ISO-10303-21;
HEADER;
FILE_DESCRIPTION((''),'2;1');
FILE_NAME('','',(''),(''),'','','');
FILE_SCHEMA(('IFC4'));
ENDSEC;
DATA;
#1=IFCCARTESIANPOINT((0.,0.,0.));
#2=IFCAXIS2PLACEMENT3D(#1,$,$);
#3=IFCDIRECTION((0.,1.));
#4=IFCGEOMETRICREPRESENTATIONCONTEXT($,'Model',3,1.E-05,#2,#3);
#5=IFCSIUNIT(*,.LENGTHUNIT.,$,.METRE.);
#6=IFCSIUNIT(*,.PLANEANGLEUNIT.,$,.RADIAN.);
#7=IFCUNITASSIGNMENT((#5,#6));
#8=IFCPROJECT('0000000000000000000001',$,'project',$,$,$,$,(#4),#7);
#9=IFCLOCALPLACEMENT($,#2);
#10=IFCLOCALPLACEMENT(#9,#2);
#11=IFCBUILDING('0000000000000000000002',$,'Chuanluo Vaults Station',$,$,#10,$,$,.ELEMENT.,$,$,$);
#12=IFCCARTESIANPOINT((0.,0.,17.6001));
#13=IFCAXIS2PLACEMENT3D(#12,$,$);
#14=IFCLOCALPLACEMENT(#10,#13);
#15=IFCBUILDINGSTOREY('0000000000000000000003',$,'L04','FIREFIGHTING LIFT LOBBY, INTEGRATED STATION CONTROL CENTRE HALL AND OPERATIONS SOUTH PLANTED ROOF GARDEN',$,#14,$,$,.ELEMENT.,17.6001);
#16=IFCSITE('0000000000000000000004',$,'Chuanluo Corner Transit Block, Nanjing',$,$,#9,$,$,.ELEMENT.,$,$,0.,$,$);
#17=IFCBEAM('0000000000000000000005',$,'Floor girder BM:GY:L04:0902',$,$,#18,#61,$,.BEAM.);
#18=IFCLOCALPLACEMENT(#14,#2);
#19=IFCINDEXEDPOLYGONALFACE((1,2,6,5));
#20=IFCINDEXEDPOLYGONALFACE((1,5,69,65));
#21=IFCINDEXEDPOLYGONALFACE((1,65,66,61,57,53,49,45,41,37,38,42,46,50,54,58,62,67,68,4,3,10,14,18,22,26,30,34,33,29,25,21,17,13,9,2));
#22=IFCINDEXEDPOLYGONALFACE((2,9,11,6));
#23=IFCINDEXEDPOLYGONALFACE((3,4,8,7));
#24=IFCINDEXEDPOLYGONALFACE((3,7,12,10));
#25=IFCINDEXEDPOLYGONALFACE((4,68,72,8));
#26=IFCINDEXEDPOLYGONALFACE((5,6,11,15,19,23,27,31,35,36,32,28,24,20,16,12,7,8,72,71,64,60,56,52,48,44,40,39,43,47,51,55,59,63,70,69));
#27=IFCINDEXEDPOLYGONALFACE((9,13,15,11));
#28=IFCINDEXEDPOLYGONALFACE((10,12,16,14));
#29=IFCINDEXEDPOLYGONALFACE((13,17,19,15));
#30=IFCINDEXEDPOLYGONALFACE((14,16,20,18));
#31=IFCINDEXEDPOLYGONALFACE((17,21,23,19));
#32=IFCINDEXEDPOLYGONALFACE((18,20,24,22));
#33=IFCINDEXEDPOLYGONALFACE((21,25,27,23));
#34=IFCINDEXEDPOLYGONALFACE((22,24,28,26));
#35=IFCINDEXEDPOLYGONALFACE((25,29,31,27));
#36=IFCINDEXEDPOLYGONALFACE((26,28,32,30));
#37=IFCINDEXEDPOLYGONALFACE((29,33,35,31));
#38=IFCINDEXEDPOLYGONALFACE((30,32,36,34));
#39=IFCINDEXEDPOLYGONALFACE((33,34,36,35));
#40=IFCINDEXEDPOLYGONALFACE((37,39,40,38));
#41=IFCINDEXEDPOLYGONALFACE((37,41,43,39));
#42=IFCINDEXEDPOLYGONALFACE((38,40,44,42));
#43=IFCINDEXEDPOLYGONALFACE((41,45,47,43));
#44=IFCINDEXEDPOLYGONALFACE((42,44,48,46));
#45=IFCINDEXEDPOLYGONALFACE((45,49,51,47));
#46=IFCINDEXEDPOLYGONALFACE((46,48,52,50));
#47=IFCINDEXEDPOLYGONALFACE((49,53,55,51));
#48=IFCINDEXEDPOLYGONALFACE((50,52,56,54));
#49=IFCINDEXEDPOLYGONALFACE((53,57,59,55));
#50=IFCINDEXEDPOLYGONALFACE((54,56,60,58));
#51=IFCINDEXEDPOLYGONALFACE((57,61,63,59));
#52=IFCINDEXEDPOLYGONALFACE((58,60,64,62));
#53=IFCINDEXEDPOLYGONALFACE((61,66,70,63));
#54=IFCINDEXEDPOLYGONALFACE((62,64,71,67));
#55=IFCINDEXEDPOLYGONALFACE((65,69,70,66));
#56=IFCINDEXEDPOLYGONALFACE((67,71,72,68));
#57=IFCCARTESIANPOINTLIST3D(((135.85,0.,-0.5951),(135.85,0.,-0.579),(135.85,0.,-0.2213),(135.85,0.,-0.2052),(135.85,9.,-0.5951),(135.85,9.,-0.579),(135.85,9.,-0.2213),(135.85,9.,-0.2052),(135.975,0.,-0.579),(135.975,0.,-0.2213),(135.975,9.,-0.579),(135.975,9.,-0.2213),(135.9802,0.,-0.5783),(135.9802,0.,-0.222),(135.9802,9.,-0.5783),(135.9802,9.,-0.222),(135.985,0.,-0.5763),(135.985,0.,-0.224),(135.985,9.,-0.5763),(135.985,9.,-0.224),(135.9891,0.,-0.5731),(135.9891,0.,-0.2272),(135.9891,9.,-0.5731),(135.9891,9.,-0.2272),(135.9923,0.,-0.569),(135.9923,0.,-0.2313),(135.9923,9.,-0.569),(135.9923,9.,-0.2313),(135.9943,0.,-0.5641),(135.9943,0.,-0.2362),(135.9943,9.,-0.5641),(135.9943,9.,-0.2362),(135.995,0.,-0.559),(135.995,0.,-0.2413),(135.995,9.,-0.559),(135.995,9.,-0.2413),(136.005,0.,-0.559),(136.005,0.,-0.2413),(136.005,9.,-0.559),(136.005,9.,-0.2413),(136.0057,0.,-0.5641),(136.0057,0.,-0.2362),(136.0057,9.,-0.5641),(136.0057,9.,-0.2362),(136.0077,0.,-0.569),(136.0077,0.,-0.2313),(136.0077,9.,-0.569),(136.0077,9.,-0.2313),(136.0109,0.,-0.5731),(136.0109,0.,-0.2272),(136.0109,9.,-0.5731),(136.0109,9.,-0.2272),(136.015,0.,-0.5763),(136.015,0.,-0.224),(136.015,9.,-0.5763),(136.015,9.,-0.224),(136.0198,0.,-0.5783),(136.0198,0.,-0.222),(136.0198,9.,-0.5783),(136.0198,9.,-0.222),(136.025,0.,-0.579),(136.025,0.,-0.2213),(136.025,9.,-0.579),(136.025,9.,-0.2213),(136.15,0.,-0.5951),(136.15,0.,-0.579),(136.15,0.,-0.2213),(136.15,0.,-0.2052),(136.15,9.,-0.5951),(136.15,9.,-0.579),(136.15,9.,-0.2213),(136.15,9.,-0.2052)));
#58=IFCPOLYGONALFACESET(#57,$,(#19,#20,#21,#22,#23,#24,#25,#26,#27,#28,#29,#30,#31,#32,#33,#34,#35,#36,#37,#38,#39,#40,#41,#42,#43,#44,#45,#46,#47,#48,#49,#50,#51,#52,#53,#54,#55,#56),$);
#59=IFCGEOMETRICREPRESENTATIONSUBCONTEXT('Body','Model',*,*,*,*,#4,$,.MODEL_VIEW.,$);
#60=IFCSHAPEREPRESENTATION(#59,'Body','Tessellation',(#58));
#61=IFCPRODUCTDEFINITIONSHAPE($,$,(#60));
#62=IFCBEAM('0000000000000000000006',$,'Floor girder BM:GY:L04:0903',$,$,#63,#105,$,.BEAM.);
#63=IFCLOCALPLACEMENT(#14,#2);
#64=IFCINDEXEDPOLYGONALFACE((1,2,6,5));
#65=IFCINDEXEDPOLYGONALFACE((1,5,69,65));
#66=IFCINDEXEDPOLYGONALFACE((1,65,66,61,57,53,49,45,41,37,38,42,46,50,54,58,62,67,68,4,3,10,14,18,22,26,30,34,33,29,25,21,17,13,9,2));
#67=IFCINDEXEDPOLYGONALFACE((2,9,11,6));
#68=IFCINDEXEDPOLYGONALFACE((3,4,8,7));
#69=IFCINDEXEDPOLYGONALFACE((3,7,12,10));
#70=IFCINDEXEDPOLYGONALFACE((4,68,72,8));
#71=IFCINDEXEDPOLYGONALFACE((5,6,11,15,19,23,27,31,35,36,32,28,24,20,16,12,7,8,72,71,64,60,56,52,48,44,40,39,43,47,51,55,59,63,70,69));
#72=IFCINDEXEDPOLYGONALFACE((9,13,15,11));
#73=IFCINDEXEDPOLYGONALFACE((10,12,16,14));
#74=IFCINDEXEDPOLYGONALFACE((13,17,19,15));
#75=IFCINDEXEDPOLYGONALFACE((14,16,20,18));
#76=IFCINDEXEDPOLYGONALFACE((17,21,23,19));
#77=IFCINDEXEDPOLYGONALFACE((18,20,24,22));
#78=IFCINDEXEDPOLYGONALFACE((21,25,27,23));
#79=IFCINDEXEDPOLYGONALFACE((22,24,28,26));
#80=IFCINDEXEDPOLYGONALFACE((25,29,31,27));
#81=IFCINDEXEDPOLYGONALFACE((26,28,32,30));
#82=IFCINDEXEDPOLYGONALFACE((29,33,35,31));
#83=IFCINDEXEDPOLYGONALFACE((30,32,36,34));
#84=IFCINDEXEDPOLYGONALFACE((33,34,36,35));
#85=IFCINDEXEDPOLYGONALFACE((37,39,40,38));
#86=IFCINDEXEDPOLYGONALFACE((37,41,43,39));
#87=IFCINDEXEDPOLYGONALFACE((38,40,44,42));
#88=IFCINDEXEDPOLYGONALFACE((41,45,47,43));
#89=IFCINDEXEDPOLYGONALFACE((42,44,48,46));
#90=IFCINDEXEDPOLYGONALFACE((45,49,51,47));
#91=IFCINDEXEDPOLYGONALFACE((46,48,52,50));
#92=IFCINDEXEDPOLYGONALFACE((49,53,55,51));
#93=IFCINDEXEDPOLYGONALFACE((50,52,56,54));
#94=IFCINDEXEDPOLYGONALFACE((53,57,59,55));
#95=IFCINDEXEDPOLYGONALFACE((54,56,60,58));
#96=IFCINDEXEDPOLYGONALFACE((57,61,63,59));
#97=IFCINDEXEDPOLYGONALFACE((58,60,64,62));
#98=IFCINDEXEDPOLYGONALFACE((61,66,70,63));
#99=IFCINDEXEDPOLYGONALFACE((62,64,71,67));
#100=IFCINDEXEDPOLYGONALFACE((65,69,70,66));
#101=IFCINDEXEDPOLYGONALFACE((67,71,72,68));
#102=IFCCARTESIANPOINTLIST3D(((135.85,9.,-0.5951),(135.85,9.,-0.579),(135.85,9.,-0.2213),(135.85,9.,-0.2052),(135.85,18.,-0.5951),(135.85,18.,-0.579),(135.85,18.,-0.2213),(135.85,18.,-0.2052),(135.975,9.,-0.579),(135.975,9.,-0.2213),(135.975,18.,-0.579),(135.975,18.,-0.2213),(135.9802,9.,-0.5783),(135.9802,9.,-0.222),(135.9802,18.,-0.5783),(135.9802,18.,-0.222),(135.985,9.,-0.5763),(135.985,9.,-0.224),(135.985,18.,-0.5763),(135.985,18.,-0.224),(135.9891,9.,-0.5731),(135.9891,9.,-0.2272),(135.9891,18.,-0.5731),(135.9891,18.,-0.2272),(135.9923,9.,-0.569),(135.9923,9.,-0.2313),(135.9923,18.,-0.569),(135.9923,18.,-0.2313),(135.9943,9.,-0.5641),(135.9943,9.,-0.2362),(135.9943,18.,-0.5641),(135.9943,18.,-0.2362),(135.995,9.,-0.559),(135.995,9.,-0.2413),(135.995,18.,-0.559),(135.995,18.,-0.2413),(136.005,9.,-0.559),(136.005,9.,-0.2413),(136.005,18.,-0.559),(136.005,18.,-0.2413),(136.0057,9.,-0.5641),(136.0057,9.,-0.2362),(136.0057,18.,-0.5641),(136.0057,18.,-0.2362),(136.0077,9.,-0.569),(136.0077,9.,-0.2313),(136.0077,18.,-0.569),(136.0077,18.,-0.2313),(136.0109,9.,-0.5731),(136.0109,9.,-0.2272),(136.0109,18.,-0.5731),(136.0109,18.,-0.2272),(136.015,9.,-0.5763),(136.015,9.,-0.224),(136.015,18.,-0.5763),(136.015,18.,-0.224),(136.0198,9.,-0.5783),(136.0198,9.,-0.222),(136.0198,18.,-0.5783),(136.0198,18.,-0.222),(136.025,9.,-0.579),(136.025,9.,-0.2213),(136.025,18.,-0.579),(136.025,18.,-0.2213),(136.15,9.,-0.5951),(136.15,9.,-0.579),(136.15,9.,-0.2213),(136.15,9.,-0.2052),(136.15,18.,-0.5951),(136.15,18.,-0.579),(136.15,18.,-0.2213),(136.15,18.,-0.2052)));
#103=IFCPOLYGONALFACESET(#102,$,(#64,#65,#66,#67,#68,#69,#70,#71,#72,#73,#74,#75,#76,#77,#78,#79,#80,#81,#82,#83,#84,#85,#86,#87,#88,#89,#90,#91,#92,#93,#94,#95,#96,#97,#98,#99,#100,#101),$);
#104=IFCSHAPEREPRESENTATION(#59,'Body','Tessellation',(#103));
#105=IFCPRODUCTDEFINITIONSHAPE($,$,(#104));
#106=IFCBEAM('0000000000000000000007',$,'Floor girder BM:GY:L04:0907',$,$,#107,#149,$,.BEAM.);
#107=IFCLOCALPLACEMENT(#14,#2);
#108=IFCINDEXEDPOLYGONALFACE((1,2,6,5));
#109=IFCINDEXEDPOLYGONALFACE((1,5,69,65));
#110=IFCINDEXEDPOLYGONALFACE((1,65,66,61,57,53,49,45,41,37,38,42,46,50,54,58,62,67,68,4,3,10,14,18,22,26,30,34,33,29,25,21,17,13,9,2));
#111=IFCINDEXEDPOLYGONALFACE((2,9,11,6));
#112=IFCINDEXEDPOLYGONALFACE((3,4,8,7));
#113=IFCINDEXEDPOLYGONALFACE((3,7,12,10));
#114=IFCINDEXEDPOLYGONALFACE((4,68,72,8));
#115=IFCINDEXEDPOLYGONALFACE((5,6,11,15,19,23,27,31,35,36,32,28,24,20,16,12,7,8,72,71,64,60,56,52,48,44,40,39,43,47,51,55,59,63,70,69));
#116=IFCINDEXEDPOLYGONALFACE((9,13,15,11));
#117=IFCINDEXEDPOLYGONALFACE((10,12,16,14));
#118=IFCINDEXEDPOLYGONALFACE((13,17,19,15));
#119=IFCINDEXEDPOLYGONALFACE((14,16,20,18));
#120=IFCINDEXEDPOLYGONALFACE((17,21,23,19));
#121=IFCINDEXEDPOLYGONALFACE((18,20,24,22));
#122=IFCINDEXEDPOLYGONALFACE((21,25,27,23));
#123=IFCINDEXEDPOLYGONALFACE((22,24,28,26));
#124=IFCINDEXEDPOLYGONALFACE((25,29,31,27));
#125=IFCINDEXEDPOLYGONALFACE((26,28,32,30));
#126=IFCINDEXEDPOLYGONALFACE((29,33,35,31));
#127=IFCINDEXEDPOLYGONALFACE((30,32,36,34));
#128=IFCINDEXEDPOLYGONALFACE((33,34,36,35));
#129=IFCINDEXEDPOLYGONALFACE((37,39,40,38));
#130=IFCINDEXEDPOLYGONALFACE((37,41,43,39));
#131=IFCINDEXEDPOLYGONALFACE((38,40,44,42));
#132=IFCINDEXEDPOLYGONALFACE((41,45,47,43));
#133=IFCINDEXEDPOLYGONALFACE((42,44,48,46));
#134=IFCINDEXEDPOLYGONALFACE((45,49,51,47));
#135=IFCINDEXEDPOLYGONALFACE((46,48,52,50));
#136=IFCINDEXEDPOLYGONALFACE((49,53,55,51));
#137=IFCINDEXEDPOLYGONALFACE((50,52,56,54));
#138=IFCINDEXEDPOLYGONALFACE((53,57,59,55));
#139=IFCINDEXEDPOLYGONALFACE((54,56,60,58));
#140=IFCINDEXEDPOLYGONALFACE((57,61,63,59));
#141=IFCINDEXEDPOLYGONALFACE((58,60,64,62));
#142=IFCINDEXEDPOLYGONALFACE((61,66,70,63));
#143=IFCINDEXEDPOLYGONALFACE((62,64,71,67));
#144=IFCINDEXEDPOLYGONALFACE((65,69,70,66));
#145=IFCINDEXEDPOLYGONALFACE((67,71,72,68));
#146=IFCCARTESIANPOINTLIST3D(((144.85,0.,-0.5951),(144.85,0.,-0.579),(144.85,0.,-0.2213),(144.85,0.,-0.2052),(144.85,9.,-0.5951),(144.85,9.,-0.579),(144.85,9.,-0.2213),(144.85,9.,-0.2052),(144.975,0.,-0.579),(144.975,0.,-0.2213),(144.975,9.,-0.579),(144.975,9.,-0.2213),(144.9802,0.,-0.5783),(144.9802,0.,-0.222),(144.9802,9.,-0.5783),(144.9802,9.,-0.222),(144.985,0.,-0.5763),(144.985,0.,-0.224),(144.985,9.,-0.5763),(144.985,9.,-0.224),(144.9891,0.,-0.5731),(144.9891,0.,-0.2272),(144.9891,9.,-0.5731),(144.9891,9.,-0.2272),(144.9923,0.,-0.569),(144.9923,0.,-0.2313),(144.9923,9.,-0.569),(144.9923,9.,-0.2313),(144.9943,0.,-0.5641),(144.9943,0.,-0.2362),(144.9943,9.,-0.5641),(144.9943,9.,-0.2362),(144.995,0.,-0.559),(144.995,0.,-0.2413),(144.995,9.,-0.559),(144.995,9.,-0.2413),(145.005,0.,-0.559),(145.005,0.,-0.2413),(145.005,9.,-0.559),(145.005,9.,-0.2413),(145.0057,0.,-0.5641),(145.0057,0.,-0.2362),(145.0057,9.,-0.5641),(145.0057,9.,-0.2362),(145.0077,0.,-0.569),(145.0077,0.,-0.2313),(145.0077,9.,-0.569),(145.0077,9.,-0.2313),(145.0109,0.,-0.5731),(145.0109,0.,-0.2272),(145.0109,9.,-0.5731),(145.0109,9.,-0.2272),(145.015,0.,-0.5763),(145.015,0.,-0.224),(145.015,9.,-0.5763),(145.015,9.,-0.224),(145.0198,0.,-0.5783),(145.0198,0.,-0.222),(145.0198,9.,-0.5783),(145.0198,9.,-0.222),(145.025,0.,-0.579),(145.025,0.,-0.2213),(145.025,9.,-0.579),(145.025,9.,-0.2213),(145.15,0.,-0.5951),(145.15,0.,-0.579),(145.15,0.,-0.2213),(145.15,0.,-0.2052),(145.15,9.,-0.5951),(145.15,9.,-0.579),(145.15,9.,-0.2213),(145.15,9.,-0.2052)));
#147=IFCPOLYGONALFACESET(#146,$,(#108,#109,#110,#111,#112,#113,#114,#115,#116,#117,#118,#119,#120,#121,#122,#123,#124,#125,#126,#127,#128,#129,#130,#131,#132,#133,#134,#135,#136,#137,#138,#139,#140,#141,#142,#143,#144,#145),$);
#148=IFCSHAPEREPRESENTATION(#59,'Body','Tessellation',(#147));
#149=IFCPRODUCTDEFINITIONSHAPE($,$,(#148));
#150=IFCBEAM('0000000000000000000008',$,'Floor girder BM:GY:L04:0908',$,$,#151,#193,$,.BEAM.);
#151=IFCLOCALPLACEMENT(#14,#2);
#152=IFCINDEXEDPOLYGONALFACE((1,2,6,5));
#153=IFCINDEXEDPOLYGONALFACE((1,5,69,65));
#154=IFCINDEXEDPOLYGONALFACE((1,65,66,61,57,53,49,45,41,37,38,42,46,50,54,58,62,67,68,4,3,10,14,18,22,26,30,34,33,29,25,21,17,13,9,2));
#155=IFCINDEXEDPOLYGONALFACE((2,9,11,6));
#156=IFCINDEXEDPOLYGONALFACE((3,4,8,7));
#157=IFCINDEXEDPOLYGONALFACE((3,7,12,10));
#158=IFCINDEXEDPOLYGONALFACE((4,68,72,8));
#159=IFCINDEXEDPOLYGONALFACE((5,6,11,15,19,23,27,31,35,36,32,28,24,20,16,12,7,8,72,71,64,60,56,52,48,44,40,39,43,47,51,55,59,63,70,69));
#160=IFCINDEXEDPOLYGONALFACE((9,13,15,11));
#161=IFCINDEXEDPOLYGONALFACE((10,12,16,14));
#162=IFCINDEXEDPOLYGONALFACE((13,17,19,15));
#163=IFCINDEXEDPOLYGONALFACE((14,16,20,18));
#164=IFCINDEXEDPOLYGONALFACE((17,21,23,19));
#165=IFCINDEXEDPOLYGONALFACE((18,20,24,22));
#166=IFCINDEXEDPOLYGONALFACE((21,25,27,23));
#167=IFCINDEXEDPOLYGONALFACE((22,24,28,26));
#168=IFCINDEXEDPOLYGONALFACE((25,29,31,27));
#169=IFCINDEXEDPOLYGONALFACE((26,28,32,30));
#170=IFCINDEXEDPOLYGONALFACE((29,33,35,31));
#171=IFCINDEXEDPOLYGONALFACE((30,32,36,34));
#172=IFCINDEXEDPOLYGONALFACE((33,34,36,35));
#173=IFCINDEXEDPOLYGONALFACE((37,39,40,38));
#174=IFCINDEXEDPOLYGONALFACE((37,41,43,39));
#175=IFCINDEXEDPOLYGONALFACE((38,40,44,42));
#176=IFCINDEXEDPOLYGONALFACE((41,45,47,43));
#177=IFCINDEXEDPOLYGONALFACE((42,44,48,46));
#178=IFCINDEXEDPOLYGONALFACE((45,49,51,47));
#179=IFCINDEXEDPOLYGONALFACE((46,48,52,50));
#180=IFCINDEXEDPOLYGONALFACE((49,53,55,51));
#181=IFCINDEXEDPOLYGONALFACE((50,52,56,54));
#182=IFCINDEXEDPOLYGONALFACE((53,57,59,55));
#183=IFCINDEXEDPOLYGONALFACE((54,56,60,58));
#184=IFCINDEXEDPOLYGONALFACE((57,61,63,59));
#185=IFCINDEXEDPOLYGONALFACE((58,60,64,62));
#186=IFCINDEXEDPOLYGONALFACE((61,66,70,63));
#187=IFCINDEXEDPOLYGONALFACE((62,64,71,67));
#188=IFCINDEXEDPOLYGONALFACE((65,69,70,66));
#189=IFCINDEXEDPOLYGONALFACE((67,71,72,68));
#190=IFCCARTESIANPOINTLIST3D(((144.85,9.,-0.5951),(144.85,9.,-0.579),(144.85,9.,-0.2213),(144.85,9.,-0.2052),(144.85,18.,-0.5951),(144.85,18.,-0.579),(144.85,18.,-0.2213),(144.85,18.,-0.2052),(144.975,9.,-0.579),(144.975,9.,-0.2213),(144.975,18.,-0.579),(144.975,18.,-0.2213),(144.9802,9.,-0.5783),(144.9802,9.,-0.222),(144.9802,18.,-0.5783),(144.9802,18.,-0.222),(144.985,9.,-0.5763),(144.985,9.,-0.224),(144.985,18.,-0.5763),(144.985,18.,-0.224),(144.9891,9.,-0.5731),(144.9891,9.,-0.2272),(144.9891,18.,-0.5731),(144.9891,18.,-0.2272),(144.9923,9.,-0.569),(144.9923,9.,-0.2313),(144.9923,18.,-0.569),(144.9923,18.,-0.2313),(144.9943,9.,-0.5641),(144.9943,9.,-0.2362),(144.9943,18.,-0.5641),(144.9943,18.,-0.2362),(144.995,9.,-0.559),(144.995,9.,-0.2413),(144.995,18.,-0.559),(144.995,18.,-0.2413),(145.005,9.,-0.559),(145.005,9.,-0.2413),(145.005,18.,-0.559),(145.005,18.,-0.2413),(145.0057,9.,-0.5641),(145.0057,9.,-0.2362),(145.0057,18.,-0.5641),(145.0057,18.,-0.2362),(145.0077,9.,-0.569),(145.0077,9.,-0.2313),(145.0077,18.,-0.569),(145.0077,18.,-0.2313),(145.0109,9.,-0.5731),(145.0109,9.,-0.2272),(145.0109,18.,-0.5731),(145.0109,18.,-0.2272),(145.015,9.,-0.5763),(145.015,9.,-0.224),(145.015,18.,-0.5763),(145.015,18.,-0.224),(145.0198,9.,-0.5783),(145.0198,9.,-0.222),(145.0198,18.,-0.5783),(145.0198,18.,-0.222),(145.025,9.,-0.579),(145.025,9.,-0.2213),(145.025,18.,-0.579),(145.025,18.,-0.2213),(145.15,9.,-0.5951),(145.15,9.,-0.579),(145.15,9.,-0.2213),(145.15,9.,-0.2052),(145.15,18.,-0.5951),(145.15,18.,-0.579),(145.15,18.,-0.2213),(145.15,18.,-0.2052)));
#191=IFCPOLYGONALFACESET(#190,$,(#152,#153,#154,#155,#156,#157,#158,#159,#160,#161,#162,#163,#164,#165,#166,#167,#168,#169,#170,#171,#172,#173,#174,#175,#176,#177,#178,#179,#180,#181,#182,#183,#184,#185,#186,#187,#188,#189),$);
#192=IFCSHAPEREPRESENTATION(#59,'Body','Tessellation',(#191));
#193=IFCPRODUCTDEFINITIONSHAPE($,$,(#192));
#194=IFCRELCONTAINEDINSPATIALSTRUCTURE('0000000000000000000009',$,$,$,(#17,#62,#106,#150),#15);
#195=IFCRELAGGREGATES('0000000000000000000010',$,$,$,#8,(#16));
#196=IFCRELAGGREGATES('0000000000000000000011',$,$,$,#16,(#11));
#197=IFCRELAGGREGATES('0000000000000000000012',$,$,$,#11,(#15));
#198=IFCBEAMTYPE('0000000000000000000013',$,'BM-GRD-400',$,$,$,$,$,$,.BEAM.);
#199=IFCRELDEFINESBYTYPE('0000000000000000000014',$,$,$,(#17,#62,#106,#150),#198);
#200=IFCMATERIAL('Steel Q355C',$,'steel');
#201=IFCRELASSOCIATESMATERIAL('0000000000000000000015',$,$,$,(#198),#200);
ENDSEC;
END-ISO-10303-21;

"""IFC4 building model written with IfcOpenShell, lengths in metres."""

from ifc_helpers import new_model, si_unit, direction, frame, origin, origin_2d, place, context, subcontext, project, spatial, i_section, extrude, material, material_profile, profile_set, type_object, element, save


model = new_model("IFC4")

# Units and contexts
model_context = context("Model", 3, precision=1e-05, world=origin(), true_north=direction((0.0, 1.0)))
body_context = subcontext(model_context, "Body", "Model", "MODEL_VIEW")
ifc_project = project(units=[si_unit("LENGTHUNIT", "METRE"), si_unit("PLANEANGLEUNIT", "RADIAN")], contexts=[model_context])

# Site, building, storey
site_placement = place(None, origin())
site = spatial("IfcSite", under=ifc_project, at=site_placement, Name="Chuanluo Corner Transit Block, Nanjing", CompositionType="ELEMENT", RefElevation=0.0)
building_placement = place(site_placement, origin())
building = spatial("IfcBuilding", under=site, at=building_placement, Name="Chuanluo Vaults Station", CompositionType="ELEMENT")
storey_placement = place(building_placement, frame((0.0, 0.0, 17.6001)))
storey = spatial("IfcBuildingStorey", under=building, at=storey_placement, Name="L04", Description="FIREFIGHTING LIFT LOBBY, INTEGRATED STATION CONTROL CENTRE HALL AND OPERATIONS SOUTH PLANTED ROOF GARDEN", CompositionType="ELEMENT", Elevation=17.6001)

# Beams
ifc_material_1 = material(Name="Steel Q355C", Category="steel")
ifc_material_profile_1 = material_profile(ifc_material_1, i_section(OverallWidth=0.3, OverallDepth=0.3899, WebThickness=0.01, FlangeThickness=0.0161, FilletRadius=0.02, at=origin_2d()))
ifc_profile_set_1 = profile_set([ifc_material_profile_1], Name="Steel Q355C")
beam_type_1 = type_object("IfcBeamType", Name="BM-GRD-400", PredefinedType="BEAM", material=ifc_profile_set_1)
for number, where, z_axis, x_axis, name in (
    (1, (136.0, 0.0, -0.4001), (0.0, 1.0, 0.0), (-1.0, 0.0, 0.0), "Floor girder BM:GY:L04:0902"),
    (2, (136.0, 9.0, -0.4001), (0.0, 1.0, 0.0), (-1.0, 0.0, 0.0), "Floor girder BM:GY:L04:0903"),
    (3, (145.0, 0.0, -0.4001), (0.0, 1.0, 0.0), (-1.0, 0.0, 0.0), "Floor girder BM:GY:L04:0907"),
    (4, (145.0, 9.0, -0.4001), (0.0, 1.0, 0.0), (-1.0, 0.0, 0.0), "Floor girder BM:GY:L04:0908"),
):
    element("IfcBeam", number, at=place(storey_placement, frame(where, z_axis=z_axis, x_axis=x_axis)), inside=storey, type_object=beam_type_1, Name=name, PredefinedType="BEAM", context=body_context, shape_type="SweptSolid", body=[
        extrude(i_section(OverallWidth=0.3, OverallDepth=0.3899, WebThickness=0.01, FlangeThickness=0.0161, FilletRadius=0.02, at=origin_2d()), origin(), (0.0, 0.0, 1.0), 9.0),
    ])

save(model, "model.ifc")
